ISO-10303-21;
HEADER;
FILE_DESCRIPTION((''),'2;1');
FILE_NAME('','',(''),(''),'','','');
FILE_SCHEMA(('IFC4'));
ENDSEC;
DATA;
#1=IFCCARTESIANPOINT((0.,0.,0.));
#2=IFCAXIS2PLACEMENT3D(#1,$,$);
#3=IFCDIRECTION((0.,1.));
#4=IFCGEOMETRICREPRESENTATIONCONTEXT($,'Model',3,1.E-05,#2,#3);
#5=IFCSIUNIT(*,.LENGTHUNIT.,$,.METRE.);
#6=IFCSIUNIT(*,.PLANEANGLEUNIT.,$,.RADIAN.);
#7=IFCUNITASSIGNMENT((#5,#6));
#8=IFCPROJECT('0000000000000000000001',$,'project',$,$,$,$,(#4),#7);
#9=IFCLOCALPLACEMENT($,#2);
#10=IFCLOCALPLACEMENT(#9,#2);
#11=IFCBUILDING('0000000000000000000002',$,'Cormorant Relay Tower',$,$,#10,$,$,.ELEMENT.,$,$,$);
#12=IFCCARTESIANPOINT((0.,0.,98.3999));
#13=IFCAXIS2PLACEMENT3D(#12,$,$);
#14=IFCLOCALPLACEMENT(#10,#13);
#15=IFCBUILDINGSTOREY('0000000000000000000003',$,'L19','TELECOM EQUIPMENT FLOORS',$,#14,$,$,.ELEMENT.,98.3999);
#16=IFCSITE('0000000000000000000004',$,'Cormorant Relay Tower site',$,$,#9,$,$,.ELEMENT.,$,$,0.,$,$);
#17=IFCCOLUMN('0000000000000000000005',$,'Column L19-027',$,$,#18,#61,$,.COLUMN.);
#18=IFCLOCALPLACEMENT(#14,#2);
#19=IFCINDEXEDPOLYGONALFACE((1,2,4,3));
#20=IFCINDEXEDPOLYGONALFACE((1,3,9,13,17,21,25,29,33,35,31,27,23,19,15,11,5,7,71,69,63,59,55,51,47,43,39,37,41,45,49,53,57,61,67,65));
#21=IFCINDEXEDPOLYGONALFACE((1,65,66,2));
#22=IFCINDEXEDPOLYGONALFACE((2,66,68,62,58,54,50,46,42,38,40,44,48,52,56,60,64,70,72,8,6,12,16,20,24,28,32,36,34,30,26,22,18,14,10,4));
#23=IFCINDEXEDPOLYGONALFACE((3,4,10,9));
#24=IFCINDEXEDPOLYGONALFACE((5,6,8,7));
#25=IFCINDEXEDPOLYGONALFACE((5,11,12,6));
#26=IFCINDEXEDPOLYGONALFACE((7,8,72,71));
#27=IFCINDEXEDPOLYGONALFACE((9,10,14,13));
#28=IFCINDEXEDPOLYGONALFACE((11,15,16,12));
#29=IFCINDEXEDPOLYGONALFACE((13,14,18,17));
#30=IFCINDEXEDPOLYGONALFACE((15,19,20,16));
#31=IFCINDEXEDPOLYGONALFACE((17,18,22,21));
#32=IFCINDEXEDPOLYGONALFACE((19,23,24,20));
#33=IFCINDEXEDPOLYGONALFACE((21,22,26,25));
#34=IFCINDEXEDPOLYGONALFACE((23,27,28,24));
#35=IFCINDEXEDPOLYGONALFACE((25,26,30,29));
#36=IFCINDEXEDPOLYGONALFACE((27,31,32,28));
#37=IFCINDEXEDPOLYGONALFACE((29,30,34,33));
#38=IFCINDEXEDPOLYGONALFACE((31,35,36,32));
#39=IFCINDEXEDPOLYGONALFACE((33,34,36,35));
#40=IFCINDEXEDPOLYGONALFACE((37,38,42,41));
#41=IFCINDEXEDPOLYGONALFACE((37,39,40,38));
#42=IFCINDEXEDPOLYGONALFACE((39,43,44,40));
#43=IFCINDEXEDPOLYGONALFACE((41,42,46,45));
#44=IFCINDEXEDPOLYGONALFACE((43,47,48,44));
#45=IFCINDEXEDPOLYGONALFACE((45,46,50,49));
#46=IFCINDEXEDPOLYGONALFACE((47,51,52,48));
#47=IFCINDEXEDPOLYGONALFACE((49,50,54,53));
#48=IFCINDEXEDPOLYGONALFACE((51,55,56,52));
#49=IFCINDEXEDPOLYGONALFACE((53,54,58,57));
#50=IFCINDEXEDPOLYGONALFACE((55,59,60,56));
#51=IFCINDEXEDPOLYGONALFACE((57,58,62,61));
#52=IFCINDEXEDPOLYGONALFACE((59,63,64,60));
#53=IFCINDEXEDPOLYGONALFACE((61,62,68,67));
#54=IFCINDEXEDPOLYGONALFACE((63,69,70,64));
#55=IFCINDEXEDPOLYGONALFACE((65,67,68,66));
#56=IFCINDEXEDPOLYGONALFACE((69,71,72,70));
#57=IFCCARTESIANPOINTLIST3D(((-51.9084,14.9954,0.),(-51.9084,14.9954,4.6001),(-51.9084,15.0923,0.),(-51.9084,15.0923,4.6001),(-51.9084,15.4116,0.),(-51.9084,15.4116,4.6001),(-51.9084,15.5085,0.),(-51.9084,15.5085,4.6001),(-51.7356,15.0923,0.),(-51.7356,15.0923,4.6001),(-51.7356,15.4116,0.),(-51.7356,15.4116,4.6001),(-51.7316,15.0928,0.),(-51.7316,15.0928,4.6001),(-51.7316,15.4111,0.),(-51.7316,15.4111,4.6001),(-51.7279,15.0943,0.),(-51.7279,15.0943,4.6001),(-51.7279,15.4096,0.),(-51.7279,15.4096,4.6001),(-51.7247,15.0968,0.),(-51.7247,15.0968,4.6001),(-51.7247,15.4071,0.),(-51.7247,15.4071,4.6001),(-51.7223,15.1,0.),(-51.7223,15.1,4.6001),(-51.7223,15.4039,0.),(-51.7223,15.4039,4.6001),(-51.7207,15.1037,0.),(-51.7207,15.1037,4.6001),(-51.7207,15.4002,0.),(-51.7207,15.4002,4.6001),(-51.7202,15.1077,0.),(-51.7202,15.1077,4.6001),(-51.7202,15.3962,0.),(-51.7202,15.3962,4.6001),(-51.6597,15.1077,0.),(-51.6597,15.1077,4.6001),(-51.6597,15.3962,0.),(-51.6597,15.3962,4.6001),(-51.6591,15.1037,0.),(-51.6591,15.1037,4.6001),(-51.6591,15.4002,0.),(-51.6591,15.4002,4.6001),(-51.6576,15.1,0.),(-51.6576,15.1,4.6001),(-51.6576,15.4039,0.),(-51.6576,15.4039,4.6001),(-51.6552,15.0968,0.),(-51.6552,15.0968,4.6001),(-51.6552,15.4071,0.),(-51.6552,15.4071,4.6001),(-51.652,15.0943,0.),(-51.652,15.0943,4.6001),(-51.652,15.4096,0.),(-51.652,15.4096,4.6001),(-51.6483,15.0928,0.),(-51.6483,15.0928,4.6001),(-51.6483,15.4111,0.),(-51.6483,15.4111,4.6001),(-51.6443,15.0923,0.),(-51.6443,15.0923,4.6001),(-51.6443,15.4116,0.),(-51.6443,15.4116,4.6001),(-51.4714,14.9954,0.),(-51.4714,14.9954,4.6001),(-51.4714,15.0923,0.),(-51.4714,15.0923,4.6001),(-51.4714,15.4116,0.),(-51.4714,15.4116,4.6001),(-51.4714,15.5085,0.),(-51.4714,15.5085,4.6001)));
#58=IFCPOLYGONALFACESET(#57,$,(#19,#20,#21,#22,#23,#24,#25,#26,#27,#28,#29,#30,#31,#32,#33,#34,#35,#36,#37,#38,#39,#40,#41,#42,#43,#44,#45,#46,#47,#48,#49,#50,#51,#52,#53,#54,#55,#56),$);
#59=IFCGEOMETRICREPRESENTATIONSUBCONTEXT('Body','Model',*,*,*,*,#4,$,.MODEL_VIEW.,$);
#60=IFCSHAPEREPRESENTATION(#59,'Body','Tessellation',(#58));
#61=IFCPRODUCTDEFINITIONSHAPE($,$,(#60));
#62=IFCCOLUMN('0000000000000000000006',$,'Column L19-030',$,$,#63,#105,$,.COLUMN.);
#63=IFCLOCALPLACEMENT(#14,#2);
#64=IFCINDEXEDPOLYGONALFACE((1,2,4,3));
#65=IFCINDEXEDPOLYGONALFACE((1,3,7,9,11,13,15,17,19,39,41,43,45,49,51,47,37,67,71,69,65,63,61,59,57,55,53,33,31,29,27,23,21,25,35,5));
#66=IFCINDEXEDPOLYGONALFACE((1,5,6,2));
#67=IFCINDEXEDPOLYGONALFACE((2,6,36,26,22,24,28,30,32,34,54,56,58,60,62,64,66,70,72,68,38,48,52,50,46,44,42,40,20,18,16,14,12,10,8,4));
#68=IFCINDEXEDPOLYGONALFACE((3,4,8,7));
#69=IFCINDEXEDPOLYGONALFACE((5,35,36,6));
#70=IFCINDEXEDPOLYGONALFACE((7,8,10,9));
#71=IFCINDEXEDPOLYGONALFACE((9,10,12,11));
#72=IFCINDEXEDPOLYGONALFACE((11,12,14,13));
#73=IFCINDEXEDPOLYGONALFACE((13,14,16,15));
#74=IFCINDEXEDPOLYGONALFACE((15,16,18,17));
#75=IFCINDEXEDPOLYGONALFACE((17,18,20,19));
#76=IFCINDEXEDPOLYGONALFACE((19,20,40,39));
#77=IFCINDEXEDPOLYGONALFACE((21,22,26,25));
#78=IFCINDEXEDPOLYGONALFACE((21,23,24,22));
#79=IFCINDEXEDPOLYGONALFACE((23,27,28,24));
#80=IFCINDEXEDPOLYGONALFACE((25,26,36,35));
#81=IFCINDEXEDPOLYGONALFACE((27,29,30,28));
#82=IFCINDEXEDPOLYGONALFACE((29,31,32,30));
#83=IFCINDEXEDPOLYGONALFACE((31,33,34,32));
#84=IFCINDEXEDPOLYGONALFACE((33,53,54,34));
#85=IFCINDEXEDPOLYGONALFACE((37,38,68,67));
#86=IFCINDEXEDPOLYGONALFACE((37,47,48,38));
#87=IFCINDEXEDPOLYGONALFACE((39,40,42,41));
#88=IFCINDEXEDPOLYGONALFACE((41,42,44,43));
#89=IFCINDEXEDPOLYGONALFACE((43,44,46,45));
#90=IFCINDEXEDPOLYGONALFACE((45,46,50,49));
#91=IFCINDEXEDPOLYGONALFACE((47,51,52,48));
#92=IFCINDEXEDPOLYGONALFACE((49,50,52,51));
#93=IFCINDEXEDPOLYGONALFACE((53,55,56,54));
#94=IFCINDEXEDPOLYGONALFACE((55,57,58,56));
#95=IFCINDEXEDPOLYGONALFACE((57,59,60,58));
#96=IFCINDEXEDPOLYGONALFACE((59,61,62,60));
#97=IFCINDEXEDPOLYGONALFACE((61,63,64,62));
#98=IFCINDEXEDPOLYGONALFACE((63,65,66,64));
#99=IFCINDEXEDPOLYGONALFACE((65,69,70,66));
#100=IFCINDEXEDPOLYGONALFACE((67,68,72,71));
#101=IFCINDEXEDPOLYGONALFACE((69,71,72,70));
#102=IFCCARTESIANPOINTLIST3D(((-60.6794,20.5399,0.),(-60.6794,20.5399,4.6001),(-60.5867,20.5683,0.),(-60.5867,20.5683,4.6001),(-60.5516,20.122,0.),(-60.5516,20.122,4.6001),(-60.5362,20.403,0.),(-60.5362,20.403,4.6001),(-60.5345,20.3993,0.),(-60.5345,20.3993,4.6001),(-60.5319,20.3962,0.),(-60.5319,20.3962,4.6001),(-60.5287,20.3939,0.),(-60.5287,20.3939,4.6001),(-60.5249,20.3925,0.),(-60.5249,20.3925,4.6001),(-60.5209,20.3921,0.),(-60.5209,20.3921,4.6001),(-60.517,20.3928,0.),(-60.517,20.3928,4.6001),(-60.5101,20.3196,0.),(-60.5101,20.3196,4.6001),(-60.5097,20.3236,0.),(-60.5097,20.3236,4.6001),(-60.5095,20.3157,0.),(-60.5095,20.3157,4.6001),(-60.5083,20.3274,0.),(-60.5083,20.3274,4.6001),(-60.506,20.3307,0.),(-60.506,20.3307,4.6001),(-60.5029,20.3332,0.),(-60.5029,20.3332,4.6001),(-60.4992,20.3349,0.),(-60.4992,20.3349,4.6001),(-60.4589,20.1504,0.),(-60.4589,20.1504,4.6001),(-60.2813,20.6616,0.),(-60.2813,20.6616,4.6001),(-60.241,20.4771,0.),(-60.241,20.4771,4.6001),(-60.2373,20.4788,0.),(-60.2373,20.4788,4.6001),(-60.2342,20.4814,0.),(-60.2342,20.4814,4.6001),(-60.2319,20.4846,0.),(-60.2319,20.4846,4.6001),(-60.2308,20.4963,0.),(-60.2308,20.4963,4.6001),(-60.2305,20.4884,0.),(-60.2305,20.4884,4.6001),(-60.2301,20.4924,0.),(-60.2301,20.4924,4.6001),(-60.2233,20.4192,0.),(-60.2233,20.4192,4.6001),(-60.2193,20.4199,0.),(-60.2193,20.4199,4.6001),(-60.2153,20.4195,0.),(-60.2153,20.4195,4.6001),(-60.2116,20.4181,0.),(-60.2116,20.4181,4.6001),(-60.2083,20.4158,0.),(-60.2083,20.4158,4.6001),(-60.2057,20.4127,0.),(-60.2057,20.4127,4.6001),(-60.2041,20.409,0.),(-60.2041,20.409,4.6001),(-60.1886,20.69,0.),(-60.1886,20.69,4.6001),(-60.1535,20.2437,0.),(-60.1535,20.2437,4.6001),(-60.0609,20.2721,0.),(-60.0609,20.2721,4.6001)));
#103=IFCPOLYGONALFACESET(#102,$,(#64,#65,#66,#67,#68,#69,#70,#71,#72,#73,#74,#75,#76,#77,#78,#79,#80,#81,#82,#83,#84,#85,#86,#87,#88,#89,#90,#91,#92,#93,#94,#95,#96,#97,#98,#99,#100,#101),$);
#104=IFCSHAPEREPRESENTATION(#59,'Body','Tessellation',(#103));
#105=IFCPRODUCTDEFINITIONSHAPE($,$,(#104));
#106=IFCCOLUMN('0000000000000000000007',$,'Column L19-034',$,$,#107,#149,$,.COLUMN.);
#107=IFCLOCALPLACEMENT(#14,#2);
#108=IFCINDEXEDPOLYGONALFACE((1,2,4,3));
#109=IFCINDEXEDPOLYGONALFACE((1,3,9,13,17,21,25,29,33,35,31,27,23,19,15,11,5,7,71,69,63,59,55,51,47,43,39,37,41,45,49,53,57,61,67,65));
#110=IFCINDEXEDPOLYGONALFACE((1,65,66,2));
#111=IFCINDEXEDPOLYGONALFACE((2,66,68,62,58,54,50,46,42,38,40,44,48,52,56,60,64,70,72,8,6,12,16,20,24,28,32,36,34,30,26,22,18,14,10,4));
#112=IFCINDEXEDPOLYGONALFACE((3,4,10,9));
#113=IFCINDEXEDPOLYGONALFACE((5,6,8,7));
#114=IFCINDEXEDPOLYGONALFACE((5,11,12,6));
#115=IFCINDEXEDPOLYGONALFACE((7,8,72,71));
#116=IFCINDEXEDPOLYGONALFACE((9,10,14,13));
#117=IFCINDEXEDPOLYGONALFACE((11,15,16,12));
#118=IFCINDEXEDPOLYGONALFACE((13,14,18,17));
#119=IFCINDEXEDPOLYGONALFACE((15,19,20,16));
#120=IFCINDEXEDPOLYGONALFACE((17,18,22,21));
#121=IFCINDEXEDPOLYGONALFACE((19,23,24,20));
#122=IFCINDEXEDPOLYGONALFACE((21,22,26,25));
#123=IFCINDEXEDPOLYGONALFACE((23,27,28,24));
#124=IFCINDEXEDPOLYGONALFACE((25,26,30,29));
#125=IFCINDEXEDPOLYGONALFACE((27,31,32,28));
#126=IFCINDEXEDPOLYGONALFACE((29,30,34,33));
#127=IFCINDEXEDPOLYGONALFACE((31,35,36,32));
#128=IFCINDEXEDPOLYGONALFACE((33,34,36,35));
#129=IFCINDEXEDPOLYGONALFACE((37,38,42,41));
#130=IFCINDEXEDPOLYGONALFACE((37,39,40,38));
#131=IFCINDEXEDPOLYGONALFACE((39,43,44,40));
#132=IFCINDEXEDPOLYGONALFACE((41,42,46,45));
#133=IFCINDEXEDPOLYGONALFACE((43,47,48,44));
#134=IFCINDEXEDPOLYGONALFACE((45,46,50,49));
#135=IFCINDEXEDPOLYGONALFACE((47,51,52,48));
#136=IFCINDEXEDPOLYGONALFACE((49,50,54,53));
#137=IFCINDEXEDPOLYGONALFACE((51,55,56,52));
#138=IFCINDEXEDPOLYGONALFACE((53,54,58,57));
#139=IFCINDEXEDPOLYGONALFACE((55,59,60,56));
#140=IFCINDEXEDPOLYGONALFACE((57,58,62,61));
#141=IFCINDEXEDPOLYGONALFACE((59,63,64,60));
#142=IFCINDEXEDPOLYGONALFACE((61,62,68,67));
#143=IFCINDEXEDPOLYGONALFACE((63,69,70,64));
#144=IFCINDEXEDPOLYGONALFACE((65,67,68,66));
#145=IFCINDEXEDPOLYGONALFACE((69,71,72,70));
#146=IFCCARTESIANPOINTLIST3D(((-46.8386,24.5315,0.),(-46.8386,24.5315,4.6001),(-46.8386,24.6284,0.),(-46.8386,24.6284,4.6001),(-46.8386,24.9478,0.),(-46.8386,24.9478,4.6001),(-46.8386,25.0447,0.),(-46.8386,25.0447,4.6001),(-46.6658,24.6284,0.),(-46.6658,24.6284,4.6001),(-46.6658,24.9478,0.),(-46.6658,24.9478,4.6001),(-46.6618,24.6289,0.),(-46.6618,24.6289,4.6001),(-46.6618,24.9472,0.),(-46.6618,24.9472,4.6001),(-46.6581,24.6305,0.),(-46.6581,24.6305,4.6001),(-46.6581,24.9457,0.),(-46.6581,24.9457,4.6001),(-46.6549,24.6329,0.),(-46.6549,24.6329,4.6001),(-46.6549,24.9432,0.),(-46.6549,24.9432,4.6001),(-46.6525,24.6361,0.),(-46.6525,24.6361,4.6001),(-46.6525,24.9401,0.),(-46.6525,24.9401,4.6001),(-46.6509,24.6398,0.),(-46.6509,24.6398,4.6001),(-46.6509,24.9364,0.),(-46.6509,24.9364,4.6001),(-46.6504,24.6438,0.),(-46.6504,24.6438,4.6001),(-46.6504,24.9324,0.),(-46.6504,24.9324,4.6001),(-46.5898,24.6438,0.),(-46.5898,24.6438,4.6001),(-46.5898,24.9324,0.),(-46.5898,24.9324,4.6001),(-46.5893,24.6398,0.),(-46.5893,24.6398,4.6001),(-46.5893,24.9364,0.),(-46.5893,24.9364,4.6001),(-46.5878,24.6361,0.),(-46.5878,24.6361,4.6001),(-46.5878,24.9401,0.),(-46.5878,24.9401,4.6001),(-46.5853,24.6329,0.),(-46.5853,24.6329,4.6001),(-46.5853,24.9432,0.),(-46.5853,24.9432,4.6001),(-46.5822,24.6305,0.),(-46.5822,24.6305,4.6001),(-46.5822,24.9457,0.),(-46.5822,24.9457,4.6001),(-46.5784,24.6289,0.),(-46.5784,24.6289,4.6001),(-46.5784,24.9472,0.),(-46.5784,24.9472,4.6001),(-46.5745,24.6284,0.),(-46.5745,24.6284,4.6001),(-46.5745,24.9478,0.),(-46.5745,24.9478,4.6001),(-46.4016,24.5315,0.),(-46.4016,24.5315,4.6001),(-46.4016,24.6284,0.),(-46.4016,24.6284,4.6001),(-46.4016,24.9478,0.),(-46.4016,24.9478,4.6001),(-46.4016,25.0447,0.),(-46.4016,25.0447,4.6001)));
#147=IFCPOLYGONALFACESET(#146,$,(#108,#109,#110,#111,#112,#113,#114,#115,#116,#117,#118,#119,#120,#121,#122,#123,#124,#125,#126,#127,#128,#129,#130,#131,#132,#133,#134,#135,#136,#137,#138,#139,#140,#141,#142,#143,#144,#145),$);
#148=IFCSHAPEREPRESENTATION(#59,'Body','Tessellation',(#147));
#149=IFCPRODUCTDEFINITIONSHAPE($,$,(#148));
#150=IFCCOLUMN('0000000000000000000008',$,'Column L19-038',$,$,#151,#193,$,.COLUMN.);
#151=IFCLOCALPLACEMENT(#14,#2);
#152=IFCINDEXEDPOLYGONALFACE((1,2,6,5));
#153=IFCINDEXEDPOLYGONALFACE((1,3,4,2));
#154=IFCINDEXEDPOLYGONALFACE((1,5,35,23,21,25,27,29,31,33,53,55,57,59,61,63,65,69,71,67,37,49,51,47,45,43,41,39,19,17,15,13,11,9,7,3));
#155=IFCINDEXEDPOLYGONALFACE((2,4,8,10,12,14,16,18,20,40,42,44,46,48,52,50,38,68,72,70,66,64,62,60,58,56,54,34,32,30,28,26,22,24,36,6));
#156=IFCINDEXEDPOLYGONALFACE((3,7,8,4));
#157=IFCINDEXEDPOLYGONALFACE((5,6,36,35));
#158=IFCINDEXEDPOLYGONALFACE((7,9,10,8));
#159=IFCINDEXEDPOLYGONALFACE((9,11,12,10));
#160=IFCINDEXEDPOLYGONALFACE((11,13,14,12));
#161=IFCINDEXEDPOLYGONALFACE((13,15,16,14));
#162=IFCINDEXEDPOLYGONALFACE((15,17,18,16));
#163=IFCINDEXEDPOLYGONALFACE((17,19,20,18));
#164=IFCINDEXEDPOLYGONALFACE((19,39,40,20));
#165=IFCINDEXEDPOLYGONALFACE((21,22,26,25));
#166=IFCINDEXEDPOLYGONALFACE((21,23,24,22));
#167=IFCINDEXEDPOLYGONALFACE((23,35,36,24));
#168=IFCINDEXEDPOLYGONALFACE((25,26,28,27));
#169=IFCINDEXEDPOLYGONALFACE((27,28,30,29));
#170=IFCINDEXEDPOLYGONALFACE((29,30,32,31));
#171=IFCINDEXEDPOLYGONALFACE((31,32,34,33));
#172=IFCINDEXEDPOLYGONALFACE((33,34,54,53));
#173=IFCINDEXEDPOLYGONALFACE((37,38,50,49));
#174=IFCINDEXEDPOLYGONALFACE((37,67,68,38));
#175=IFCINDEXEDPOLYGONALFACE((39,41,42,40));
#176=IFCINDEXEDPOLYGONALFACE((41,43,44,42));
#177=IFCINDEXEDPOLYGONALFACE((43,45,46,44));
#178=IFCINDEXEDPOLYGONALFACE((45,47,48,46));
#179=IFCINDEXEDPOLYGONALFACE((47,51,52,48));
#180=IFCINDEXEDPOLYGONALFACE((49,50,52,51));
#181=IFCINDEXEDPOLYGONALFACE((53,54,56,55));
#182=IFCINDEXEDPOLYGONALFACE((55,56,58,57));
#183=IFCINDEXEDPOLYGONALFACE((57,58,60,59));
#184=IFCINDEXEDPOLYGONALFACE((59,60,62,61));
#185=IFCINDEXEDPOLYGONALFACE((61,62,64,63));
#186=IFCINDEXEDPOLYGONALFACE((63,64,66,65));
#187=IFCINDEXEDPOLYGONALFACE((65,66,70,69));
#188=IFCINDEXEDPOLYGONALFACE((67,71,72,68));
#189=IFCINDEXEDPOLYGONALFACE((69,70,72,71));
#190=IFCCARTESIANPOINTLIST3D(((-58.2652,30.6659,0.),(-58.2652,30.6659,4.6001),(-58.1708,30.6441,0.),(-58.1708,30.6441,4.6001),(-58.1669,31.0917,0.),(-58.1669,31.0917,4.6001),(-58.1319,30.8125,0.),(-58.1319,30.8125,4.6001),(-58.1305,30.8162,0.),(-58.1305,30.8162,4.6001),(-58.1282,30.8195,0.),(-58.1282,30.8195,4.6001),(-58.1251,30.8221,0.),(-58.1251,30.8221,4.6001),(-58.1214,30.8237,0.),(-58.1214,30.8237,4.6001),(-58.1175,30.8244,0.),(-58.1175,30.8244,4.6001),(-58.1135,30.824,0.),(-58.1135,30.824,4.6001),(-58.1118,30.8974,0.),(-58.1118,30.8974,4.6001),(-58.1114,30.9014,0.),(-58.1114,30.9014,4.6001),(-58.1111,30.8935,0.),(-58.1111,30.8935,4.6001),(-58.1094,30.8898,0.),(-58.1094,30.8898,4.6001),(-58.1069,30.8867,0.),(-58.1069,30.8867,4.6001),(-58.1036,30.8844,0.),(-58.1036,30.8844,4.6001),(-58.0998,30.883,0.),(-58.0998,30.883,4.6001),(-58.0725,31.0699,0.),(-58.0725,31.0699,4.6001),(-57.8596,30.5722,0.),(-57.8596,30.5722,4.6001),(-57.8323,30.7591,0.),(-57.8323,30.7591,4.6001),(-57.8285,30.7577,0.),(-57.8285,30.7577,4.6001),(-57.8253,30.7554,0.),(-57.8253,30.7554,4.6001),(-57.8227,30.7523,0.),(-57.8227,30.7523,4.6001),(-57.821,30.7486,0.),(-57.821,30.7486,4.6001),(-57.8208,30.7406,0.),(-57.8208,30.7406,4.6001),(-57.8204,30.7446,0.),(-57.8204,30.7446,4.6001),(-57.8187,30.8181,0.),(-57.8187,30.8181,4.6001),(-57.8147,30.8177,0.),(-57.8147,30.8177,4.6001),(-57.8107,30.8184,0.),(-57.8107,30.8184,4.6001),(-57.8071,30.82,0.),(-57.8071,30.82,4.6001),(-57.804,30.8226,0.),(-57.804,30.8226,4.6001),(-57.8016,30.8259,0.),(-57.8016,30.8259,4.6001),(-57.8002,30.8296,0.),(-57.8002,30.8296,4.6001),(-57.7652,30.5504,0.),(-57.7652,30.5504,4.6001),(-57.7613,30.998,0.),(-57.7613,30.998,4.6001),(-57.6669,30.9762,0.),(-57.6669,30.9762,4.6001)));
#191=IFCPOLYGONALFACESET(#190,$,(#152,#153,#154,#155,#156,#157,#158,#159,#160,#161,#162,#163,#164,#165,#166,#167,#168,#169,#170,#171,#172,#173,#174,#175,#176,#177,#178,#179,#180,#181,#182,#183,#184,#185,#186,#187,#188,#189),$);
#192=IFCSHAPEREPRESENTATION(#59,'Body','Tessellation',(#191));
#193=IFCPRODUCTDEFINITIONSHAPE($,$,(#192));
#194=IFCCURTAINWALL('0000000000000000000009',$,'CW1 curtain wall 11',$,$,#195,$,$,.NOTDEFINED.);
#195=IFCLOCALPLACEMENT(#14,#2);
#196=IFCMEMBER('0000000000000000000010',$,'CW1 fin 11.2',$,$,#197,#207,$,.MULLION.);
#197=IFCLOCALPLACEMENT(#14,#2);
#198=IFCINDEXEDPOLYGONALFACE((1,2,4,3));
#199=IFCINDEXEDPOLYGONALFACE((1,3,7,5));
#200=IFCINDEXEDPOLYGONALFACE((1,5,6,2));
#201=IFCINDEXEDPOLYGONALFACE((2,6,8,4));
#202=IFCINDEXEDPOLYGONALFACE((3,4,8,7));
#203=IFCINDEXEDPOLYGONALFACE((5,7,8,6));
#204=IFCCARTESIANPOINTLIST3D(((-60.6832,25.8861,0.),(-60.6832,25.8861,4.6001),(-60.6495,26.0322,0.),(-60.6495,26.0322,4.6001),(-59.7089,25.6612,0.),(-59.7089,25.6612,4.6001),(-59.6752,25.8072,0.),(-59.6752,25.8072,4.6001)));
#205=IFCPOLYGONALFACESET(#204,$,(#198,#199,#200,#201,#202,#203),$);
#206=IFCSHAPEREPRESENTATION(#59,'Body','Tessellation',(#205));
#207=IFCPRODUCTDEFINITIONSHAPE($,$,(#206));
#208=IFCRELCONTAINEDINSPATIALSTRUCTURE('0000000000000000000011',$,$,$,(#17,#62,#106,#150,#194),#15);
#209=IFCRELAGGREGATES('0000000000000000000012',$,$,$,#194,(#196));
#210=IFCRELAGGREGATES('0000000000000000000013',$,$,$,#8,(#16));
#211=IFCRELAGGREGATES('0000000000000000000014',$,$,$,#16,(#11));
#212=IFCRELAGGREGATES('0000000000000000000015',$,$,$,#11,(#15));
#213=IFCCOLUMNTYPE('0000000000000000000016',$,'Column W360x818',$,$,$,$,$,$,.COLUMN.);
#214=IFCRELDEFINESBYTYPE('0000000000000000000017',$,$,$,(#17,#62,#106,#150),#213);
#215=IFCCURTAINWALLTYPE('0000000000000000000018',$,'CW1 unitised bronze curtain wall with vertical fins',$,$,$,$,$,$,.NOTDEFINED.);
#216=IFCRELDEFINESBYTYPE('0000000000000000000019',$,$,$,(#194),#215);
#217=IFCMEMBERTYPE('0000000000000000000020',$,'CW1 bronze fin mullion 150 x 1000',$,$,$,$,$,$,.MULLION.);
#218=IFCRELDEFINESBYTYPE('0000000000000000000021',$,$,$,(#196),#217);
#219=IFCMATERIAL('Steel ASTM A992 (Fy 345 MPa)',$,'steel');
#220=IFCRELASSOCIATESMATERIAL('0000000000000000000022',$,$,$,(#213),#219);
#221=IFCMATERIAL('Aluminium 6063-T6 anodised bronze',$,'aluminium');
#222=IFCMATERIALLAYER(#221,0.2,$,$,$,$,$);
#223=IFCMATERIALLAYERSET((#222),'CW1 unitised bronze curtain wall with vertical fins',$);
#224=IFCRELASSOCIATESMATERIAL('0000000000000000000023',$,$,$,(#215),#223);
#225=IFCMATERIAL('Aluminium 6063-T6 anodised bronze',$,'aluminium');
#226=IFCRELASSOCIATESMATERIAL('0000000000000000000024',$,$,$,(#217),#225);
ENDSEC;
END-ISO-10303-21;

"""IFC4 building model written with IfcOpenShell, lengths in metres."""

from ifc_helpers import new_model, si_unit, direction, frame, origin, origin_2d, place, context, subcontext, project, spatial, rectangle, i_section, extrude, material, layer, layer_set, material_profile, profile_set, type_object, element, aggregate, save


model = new_model("IFC4")

# Units and contexts
model_context = context("Model", 3, precision=1e-05, world=origin(), true_north=direction((0.0, 1.0)))
body_context = subcontext(model_context, "Body", "Model", "MODEL_VIEW")
ifc_project = project(units=[si_unit("LENGTHUNIT", "METRE"), si_unit("PLANEANGLEUNIT", "RADIAN")], contexts=[model_context])

# Site, building, storey
site_placement = place(None, origin())
site = spatial("IfcSite", under=ifc_project, at=site_placement, Name="Cormorant Relay Tower site", CompositionType="ELEMENT", RefElevation=0.0)
building_placement = place(site_placement, origin())
building = spatial("IfcBuilding", under=site, at=building_placement, Name="Cormorant Relay Tower", CompositionType="ELEMENT")
storey_placement = place(building_placement, frame((0.0, 0.0, 98.3999)))
storey = spatial("IfcBuildingStorey", under=building, at=storey_placement, Name="L19", Description="TELECOM EQUIPMENT FLOORS", CompositionType="ELEMENT", Elevation=98.3999)

# Columns
ifc_material_1 = material(Name="Steel ASTM A992 (Fy 345 MPa)", Category="steel")
ifc_material_profile_1 = material_profile(ifc_material_1, i_section(OverallWidth=0.437, OverallDepth=0.5132, WebThickness=0.0605, FlangeThickness=0.0969, FilletRadius=0.0154, at=origin_2d()), Name="W360x818")
ifc_profile_set_1 = profile_set([ifc_material_profile_1], Name="Steel ASTM A992 (Fy 345 MPa)")
column_type = type_object("IfcColumnType", Name="Column W360x818", PredefinedType="COLUMN", material=ifc_profile_set_1)
for number, where, z_axis, x_axis, name in (
    (1, (-51.6899, 15.252, 0.0), (0.0, 0.0, 1.0), (1.0, 0.0, 0.0), "Column L19-027"),
    (2, (-60.3701, 20.406, 0.0), (0.0, 0.0, 1.0), (0.292372, -0.956305, 0.0), "Column L19-030"),
    (3, (-46.6201, 24.7881, 0.0), (0.0, 0.0, 1.0), (1.0, 0.0, 0.0), "Column L19-034"),
    (4, (-57.9661, 30.821, 0.0), (0.0, 0.0, 1.0), (-0.224951, -0.97437, 0.0), "Column L19-038"),
):
    element("IfcColumn", number, at=place(storey_placement, frame(where, z_axis=z_axis, x_axis=x_axis)), inside=storey, type_object=column_type, Name=name, PredefinedType="COLUMN", context=body_context, shape_type="SweptSolid", body=[
        extrude(i_section(OverallWidth=0.437, OverallDepth=0.5132, WebThickness=0.0605, FlangeThickness=0.0969, FilletRadius=0.0154, at=origin_2d()), origin(), (0.0, 0.0, 1.0), 4.6001),
    ])

# Curtain wall, member
ifc_material_2 = material(Name="Aluminium 6063-T6 anodised bronze", Category="aluminium")
ifc_layer_1 = layer(ifc_material_2, 0.2)
ifc_layer_set_1 = layer_set([ifc_layer_1], Name="CW1 unitised bronze curtain wall with vertical fins")
curtain_wall_type = type_object("IfcCurtainWallType", Name="CW1 unitised bronze curtain wall with vertical fins", PredefinedType="NOTDEFINED", material=ifc_layer_set_1)
curtain_wall_1_placement = place(storey_placement, origin())
curtain_wall_1 = element("IfcCurtainWall", 5, at=curtain_wall_1_placement, inside=storey, type_object=curtain_wall_type, Name="CW1 curtain wall 11", PredefinedType="NOTDEFINED")
ifc_material_3 = material(Name="Aluminium 6063-T6 anodised bronze", Category="aluminium")
ifc_material_profile_2 = material_profile(ifc_material_3, rectangle(XDim=0.1499, YDim=1.0, at=origin_2d()), Name="AL 150x1000")
ifc_profile_set_2 = profile_set([ifc_material_profile_2], Name="Aluminium 6063-T6 anodised bronze")
member_type_1 = type_object("IfcMemberType", Name="CW1 bronze fin mullion 150 x 1000", PredefinedType="MULLION", material=ifc_profile_set_2)
member_1_placement = place(storey_placement, frame((-60.1792, 25.8467, 0.0), z_axis=(0.0, 0.0, 1.0), x_axis=(-0.224951, -0.97437, 0.0)))
member_1 = element("IfcMember", 6, at=member_1_placement, type_object=member_type_1, Name="CW1 fin 11.2", PredefinedType="MULLION", context=body_context, shape_type="SweptSolid", body=[
    extrude(rectangle(XDim=0.1499, YDim=1.0, at=origin_2d()), origin(), (0.0, 0.0, 1.0), 4.6001),
])

aggregate(curtain_wall_1, [member_1])

save(model, "model.ifc")
